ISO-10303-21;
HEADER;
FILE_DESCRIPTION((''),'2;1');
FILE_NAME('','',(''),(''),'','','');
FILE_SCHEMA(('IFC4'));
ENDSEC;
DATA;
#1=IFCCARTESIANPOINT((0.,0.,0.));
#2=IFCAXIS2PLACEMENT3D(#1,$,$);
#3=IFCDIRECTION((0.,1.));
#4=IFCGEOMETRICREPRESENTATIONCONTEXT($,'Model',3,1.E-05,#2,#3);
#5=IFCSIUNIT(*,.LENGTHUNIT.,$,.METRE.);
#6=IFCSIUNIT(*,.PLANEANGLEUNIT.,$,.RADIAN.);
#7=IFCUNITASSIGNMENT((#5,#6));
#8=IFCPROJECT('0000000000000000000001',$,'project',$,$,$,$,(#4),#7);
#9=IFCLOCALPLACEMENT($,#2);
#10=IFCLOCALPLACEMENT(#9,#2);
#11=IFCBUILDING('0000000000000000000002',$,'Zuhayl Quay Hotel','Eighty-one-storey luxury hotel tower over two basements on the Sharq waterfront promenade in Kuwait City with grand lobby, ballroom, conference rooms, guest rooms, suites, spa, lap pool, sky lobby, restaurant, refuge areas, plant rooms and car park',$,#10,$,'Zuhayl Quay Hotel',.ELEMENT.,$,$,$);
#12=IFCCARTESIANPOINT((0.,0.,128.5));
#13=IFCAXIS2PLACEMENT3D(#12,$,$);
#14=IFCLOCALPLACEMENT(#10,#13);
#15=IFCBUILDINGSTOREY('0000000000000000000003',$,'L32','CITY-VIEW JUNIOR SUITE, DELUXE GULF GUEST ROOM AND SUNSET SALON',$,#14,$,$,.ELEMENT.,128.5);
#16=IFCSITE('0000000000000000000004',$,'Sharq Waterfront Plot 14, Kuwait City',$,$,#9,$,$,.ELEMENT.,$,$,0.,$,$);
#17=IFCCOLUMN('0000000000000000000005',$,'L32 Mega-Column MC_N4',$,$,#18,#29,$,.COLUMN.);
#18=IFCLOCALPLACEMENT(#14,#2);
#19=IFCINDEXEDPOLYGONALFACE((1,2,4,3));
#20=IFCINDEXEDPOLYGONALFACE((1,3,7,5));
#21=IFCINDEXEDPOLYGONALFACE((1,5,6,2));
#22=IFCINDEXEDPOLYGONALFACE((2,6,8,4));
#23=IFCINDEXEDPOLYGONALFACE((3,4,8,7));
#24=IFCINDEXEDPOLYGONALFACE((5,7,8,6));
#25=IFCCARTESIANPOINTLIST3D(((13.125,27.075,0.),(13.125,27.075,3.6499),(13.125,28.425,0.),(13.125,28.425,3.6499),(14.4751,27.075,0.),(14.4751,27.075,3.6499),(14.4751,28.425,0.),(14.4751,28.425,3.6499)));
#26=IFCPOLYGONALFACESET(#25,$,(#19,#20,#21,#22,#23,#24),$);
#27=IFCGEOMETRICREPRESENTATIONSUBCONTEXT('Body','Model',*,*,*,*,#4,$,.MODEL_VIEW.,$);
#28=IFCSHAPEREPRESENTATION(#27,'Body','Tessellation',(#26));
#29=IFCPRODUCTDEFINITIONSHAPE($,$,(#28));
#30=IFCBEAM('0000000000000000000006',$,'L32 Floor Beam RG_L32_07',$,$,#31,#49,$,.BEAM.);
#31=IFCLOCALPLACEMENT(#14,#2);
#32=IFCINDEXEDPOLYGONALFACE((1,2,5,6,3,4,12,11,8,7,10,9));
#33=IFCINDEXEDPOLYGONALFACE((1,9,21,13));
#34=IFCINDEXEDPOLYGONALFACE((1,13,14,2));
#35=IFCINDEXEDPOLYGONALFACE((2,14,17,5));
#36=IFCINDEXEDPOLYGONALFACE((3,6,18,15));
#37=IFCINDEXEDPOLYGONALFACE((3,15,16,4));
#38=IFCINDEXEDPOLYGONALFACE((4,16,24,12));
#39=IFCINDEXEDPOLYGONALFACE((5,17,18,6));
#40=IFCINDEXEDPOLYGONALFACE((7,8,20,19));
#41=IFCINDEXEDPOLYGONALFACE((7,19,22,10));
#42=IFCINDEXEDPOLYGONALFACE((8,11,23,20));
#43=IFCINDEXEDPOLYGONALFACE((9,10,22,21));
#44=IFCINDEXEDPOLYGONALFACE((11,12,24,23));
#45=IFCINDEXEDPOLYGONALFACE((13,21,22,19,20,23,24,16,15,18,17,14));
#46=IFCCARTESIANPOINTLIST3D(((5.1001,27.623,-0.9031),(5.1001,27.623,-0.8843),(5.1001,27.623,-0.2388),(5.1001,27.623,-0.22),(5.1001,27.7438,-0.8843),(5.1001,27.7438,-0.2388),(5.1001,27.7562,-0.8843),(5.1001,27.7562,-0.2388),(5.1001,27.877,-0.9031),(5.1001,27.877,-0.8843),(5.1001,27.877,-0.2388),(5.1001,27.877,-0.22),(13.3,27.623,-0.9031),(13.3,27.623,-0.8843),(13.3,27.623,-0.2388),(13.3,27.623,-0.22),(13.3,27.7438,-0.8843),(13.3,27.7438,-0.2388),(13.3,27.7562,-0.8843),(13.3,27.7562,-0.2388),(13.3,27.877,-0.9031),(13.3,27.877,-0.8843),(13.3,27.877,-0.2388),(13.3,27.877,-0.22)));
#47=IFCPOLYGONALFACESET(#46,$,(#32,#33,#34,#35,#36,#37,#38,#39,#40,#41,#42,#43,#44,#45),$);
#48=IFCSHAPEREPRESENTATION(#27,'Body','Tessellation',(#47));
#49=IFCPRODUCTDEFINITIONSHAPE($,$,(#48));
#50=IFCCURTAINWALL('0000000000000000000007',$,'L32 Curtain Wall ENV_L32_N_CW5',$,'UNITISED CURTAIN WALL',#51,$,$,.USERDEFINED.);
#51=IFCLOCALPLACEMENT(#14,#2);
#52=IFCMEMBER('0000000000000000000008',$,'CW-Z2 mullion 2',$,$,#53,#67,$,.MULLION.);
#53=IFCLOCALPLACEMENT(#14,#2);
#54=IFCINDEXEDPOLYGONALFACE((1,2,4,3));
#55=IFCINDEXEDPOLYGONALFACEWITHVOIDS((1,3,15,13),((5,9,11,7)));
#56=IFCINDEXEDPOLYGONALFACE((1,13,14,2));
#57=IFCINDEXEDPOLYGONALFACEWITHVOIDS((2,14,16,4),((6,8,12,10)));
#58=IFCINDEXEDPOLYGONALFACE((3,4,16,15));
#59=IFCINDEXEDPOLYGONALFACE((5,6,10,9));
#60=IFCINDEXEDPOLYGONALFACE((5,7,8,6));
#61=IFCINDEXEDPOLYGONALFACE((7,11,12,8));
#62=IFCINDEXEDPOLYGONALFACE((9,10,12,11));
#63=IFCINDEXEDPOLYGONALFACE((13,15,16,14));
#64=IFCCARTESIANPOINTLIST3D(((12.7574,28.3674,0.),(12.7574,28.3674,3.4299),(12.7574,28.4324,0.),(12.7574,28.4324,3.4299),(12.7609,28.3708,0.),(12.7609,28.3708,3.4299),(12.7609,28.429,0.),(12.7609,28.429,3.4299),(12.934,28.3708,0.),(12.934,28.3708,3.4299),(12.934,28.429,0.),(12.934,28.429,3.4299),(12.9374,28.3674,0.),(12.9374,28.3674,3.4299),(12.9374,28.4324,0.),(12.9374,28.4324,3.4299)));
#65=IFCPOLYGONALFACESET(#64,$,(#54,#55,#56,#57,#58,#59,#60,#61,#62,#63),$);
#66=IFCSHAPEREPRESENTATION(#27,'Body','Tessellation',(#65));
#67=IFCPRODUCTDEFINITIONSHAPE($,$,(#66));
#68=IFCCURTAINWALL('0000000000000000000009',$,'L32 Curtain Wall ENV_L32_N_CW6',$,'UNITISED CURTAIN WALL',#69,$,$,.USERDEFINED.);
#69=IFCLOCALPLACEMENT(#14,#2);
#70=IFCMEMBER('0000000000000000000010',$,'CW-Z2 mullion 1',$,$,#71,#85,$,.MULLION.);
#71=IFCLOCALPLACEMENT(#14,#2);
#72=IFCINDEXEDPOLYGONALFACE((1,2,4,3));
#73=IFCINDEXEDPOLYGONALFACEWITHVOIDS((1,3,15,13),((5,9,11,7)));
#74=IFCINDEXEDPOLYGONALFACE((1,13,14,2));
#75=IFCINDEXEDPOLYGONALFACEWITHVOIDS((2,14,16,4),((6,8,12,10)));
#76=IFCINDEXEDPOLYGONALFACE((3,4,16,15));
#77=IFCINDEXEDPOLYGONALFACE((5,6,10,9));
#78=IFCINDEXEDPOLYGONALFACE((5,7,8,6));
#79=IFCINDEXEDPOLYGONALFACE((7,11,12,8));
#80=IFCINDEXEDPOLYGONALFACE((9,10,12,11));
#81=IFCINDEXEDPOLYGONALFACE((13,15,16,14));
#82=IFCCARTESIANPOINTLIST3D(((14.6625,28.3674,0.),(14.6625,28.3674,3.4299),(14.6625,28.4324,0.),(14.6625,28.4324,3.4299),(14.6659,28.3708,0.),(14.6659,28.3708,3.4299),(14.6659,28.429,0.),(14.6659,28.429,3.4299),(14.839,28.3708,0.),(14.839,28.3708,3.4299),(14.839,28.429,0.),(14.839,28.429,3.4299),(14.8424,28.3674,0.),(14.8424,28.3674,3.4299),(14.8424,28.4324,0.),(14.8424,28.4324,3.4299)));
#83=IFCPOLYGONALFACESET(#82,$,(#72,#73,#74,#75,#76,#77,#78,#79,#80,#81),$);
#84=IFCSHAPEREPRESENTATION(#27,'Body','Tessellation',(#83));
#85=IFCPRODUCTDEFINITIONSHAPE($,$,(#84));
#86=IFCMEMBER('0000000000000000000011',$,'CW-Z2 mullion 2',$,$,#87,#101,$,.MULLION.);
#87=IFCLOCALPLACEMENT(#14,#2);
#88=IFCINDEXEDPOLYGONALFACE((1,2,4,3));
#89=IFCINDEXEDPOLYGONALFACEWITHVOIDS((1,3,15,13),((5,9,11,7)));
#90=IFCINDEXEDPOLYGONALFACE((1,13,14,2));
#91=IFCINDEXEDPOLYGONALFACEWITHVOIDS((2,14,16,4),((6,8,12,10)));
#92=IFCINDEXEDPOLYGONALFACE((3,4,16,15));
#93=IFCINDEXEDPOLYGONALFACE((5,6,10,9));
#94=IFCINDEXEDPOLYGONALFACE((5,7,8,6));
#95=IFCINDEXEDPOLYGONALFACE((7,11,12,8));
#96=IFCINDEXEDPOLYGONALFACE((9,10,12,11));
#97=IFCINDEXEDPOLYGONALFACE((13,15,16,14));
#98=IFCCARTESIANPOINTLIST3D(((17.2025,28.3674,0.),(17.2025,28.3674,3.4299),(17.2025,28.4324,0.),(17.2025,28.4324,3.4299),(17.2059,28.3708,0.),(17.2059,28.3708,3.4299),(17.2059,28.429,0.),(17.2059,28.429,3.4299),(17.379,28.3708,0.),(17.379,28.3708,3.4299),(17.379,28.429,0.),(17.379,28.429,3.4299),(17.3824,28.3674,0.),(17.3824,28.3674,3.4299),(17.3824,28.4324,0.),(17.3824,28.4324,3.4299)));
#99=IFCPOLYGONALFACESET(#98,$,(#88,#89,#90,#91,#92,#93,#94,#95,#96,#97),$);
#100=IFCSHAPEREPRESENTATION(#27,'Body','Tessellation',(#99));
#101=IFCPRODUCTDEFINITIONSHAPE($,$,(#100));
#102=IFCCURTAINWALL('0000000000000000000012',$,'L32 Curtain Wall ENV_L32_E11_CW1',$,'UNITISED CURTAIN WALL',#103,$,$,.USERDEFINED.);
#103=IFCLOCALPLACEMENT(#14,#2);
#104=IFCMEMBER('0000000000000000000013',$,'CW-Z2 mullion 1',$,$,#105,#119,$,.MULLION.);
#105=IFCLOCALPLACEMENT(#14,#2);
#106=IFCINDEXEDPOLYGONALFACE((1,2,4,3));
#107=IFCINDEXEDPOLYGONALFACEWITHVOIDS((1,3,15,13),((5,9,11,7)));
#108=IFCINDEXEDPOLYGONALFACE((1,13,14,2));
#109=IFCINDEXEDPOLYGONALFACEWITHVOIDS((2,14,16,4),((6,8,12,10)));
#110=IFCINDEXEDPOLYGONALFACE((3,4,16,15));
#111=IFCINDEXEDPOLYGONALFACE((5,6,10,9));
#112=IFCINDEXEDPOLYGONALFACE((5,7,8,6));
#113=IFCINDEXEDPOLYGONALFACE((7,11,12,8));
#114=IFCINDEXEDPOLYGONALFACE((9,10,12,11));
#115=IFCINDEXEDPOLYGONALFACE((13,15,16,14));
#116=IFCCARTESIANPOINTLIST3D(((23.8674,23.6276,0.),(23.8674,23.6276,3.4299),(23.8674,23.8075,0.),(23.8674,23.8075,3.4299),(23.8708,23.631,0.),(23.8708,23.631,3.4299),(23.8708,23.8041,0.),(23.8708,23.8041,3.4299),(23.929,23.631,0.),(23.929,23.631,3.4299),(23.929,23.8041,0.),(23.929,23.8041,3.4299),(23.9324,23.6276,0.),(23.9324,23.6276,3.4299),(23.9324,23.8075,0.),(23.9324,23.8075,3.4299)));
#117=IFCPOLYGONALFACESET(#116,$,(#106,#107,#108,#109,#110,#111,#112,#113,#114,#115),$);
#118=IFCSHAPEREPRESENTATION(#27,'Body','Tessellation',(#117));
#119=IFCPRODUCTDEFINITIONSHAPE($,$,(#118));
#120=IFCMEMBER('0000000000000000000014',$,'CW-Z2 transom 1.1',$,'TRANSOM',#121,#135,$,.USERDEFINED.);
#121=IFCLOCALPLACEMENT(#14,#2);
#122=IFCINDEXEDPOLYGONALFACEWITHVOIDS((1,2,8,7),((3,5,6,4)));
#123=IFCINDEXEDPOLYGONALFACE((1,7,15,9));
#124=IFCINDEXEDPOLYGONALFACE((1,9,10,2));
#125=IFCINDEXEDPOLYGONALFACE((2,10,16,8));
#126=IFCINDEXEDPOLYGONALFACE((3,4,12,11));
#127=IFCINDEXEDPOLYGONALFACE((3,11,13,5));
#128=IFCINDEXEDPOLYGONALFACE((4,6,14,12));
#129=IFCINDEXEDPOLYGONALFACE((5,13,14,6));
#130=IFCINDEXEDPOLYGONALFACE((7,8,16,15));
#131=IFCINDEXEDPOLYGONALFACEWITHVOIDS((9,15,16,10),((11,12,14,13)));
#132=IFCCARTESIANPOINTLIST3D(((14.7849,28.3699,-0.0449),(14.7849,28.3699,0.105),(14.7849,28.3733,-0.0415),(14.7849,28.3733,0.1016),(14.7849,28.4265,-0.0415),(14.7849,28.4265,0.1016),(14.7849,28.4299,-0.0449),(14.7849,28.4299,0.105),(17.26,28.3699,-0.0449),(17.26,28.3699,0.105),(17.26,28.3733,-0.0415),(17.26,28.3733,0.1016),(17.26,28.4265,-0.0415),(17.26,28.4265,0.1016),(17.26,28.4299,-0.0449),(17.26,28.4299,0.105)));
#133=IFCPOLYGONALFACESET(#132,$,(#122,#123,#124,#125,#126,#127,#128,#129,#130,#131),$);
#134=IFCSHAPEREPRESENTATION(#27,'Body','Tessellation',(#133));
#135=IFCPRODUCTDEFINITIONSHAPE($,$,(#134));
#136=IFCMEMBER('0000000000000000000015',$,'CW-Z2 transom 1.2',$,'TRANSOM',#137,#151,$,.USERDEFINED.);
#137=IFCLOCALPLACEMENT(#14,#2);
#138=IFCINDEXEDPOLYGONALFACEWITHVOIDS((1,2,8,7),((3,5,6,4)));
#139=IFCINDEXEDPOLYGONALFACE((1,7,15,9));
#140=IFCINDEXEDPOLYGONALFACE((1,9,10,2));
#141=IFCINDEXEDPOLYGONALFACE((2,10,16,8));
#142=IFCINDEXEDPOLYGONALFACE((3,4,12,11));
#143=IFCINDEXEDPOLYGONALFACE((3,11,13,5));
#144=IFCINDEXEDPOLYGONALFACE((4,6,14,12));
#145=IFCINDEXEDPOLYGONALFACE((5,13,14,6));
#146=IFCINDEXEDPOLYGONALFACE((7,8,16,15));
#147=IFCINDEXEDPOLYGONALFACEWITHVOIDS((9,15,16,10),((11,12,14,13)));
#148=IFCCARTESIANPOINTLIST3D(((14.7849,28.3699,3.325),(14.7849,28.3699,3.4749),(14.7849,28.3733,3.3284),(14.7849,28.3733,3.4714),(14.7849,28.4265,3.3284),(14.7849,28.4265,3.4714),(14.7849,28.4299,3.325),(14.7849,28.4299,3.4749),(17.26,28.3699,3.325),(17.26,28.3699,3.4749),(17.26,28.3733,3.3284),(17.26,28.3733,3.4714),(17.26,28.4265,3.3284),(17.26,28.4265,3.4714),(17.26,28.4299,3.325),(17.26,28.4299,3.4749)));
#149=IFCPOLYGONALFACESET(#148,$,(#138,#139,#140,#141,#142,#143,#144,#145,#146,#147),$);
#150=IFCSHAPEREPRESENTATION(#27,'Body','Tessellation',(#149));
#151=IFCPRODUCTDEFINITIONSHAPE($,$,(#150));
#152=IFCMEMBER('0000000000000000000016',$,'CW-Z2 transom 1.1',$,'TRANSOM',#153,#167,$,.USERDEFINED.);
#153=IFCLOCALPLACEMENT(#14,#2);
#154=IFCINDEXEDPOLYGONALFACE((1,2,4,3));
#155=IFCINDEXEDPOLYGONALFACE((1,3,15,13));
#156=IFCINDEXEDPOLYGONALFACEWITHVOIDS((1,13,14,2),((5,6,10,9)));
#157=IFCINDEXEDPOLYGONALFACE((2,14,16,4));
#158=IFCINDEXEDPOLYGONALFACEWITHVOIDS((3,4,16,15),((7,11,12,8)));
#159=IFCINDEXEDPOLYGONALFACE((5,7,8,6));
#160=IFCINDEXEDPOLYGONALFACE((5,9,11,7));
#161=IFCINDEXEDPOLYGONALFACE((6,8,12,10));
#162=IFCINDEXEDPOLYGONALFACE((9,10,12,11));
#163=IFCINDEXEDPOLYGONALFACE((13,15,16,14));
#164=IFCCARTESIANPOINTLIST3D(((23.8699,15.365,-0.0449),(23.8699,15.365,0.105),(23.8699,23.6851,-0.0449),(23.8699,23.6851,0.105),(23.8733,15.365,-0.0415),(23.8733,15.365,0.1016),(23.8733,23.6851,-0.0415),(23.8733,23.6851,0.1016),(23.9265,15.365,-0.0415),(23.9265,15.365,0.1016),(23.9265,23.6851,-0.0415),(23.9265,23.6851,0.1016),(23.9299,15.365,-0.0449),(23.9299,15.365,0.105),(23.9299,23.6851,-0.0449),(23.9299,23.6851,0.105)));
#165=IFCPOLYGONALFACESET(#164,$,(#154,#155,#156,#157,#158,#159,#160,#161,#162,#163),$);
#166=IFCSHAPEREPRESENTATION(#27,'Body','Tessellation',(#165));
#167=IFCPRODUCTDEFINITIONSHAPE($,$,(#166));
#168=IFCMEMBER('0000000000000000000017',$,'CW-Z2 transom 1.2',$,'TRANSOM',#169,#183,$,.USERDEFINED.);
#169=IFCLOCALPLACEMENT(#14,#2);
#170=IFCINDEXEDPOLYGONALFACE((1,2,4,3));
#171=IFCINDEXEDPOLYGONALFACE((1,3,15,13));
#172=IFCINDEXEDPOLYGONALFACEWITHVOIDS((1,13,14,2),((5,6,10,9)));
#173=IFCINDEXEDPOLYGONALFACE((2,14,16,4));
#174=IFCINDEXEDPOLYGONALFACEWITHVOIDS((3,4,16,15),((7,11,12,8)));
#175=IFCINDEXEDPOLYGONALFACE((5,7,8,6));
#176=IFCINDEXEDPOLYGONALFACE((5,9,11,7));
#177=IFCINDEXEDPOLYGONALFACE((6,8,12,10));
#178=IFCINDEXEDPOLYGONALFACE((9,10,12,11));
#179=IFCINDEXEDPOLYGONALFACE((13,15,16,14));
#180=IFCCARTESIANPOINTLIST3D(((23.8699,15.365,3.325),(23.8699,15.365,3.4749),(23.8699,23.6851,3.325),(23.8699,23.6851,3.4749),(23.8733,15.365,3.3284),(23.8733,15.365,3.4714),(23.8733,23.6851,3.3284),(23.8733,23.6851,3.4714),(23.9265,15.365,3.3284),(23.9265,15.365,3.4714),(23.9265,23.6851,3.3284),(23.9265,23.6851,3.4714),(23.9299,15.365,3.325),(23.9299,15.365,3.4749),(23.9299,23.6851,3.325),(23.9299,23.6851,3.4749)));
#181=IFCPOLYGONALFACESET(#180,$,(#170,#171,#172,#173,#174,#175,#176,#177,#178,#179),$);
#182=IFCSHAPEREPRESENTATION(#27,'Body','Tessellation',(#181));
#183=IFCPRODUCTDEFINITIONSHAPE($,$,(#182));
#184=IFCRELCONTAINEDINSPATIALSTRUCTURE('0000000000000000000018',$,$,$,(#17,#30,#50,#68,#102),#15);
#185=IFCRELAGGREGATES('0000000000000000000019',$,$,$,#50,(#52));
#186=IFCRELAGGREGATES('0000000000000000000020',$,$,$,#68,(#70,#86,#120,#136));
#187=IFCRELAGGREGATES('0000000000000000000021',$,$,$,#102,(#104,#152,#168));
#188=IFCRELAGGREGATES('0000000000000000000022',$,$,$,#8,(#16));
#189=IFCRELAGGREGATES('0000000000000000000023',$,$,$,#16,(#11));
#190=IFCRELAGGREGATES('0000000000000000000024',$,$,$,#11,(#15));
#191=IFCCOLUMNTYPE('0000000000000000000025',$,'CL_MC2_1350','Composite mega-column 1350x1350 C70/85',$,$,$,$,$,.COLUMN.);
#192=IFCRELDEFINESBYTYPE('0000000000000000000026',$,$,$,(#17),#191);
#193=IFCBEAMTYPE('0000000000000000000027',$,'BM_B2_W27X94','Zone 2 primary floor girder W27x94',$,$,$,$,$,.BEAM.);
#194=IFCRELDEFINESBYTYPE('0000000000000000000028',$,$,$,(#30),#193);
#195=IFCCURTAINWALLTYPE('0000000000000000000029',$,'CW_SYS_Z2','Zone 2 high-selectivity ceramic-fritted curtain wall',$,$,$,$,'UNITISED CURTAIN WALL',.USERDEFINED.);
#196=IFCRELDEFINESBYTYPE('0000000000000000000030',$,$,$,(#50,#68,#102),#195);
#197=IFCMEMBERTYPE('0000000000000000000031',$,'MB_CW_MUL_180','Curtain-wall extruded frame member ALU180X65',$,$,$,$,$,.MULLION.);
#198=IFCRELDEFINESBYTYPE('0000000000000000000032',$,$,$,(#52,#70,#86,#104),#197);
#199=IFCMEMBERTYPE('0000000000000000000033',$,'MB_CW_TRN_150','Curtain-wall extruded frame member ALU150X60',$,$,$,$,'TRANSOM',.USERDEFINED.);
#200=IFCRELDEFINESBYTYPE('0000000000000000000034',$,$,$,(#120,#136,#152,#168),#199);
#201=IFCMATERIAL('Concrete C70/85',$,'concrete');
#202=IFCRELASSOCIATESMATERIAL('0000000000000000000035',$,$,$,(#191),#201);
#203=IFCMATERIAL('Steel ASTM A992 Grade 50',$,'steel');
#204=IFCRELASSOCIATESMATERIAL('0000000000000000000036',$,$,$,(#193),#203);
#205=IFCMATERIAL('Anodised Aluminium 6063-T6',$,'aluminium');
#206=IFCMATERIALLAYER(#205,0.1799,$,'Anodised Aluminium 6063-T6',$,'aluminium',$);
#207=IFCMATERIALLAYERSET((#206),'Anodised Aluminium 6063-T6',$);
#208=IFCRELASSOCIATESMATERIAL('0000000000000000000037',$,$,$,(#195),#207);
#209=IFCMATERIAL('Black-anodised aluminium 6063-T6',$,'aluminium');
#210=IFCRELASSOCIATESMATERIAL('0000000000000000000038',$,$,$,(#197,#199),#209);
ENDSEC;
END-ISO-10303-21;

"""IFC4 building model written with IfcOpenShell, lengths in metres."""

from ifc_helpers import new_model, si_unit, direction, frame, origin, origin_2d, place, context, subcontext, project, spatial, rectangle, hollow_rectangle, i_section, extrude, material, layer, layer_set, material_profile, profile_set, type_object, element, aggregate, save


model = new_model("IFC4")

# Units and contexts
model_context = context("Model", 3, precision=1e-05, world=origin(), true_north=direction((0.0, 1.0)))
body_context = subcontext(model_context, "Body", "Model", "MODEL_VIEW")
ifc_project = project(units=[si_unit("LENGTHUNIT", "METRE"), si_unit("PLANEANGLEUNIT", "RADIAN")], contexts=[model_context])

# Site, building, storey
site_placement = place(None, origin())
site = spatial("IfcSite", under=ifc_project, at=site_placement, Name="Sharq Waterfront Plot 14, Kuwait City", CompositionType="ELEMENT", RefElevation=0.0)
building_placement = place(site_placement, origin())
building = spatial("IfcBuilding", under=site, at=building_placement, Name="Zuhayl Quay Hotel", Description="Eighty-one-storey luxury hotel tower over two basements on the Sharq waterfront promenade in Kuwait City with grand lobby, ballroom, conference rooms, guest rooms, suites, spa, lap pool, sky lobby, restaurant, refuge areas, plant rooms and car park", LongName="Zuhayl Quay Hotel", CompositionType="ELEMENT")
storey_placement = place(building_placement, frame((0.0, 0.0, 128.5)))
storey = spatial("IfcBuildingStorey", under=building, at=storey_placement, Name="L32", Description="CITY-VIEW JUNIOR SUITE, DELUXE GULF GUEST ROOM AND SUNSET SALON", CompositionType="ELEMENT", Elevation=128.5)

# Column
ifc_material_1 = material(Name="Concrete C70/85", Category="concrete")
ifc_material_profile_1 = material_profile(ifc_material_1, rectangle(XDim=1.3501, YDim=1.3501, at=origin_2d()), Name="RC1350X1350")
ifc_profile_set_1 = profile_set([ifc_material_profile_1], Name="Concrete C70/85")
column_type = type_object("IfcColumnType", Name="CL_MC2_1350", Description="Composite mega-column 1350x1350 C70/85", PredefinedType="COLUMN", material=ifc_profile_set_1)
column_placement = place(storey_placement, frame((13.8, 27.75, 0.0), z_axis=(0.0, 0.0, 1.0), x_axis=(1.0, 0.0, 0.0)))
element("IfcColumn", 1, at=column_placement, inside=storey, type_object=column_type, Name="L32 Mega-Column MC_N4", PredefinedType="COLUMN", context=body_context, shape_type="SweptSolid", body=[
    extrude(rectangle(XDim=1.3501, YDim=1.3501, at=origin_2d()), origin(), (0.0, 0.0, 1.0), 3.6499),
])

# Beam
ifc_material_2 = material(Name="Steel ASTM A992 Grade 50", Category="steel")
ifc_material_profile_2 = material_profile(ifc_material_2, i_section(OverallWidth=0.2539, OverallDepth=0.6831, WebThickness=0.0125, FlangeThickness=0.0188, at=origin_2d()), Name="W27X94")
ifc_profile_set_2 = profile_set([ifc_material_profile_2], Name="Steel ASTM A992 Grade 50")
beam_type = type_object("IfcBeamType", Name="BM_B2_W27X94", Description="Zone 2 primary floor girder W27x94", PredefinedType="BEAM", material=ifc_profile_set_2)
beam_placement = place(storey_placement, frame((13.3, 27.75, -0.5615), z_axis=(-1.0, 0.0, 0.0), x_axis=(0.0, -1.0, 0.0)))
element("IfcBeam", 2, at=beam_placement, inside=storey, type_object=beam_type, Name="L32 Floor Beam RG_L32_07", PredefinedType="BEAM", context=body_context, shape_type="SweptSolid", body=[
    extrude(i_section(OverallWidth=0.2539, OverallDepth=0.6831, WebThickness=0.0125, FlangeThickness=0.0188, at=origin_2d()), origin(), (0.0, 0.0, 1.0), 8.2),
])

# Curtain wall, member
ifc_material_3 = material(Name="Anodised Aluminium 6063-T6", Category="aluminium")
ifc_layer_1 = layer(ifc_material_3, 0.1799, Name="Anodised Aluminium 6063-T6", Category="aluminium")
ifc_layer_set_1 = layer_set([ifc_layer_1], Name="Anodised Aluminium 6063-T6")
curtain_wall_type = type_object("IfcCurtainWallType", Name="CW_SYS_Z2", Description="Zone 2 high-selectivity ceramic-fritted curtain wall", ElementType="UNITISED CURTAIN WALL", PredefinedType="USERDEFINED", material=ifc_layer_set_1)
curtain_wall_1_placement = place(storey_placement, origin())
curtain_wall_1 = element("IfcCurtainWall", 3, at=curtain_wall_1_placement, inside=storey, type_object=curtain_wall_type, Name="L32 Curtain Wall ENV_L32_N_CW5", ObjectType="UNITISED CURTAIN WALL", PredefinedType="USERDEFINED")
ifc_material_4 = material(Name="Black-anodised aluminium 6063-T6", Category="aluminium")
ifc_material_profile_3 = material_profile(ifc_material_4, hollow_rectangle(XDim=0.0649, YDim=0.1799, WallThickness=0.0034, at=origin_2d()), Name="ALU180X65")
ifc_profile_set_3 = profile_set([ifc_material_profile_3], Name="Black-anodised aluminium 6063-T6")
member_type_1 = type_object("IfcMemberType", Name="MB_CW_MUL_180", Description="Curtain-wall extruded frame member ALU180X65", PredefinedType="MULLION", material=ifc_profile_set_3)
member_1_placement = place(storey_placement, frame((12.8474, 28.3999, 0.0), z_axis=(0.0, 0.0, 1.0), x_axis=(0.0, 1.0, 0.0)))
member_1 = element("IfcMember", 4, at=member_1_placement, type_object=member_type_1, Name="CW-Z2 mullion 2", PredefinedType="MULLION", context=body_context, shape_type="SweptSolid", body=[
    extrude(hollow_rectangle(XDim=0.0649, YDim=0.1799, WallThickness=0.0034, at=origin_2d()), origin(), (0.0, 0.0, 1.0), 3.4299),
])
aggregate(curtain_wall_1, [member_1])

# Curtain wall, members
curtain_wall_2_placement = place(storey_placement, origin())
curtain_wall_2 = element("IfcCurtainWall", 5, at=curtain_wall_2_placement, inside=storey, type_object=curtain_wall_type, Name="L32 Curtain Wall ENV_L32_N_CW6", ObjectType="UNITISED CURTAIN WALL", PredefinedType="USERDEFINED")
member_2_placement = place(storey_placement, frame((14.7524, 28.3999, 0.0), z_axis=(0.0, 0.0, 1.0), x_axis=(0.0, 1.0, 0.0)))
member_2 = element("IfcMember", 6, at=member_2_placement, type_object=member_type_1, Name="CW-Z2 mullion 1", PredefinedType="MULLION", context=body_context, shape_type="SweptSolid", body=[
    extrude(hollow_rectangle(XDim=0.0649, YDim=0.1799, WallThickness=0.0034, at=origin_2d()), origin(), (0.0, 0.0, 1.0), 3.4299),
])
member_3_placement = place(storey_placement, frame((17.2925, 28.3999, 0.0), z_axis=(0.0, 0.0, 1.0), x_axis=(0.0, 1.0, 0.0)))
member_3 = element("IfcMember", 7, at=member_3_placement, type_object=member_type_1, Name="CW-Z2 mullion 2", PredefinedType="MULLION", context=body_context, shape_type="SweptSolid", body=[
    extrude(hollow_rectangle(XDim=0.0649, YDim=0.1799, WallThickness=0.0034, at=origin_2d()), origin(), (0.0, 0.0, 1.0), 3.4299),
])

# Curtain wall, member
curtain_wall_3_placement = place(storey_placement, origin())
curtain_wall_3 = element("IfcCurtainWall", 8, at=curtain_wall_3_placement, inside=storey, type_object=curtain_wall_type, Name="L32 Curtain Wall ENV_L32_E11_CW1", ObjectType="UNITISED CURTAIN WALL", PredefinedType="USERDEFINED")
member_4_placement = place(storey_placement, frame((23.8999, 23.7175, 0.0), z_axis=(0.0, 0.0, 1.0), x_axis=(1.0, 0.0, 0.0)))
member_4 = element("IfcMember", 9, at=member_4_placement, type_object=member_type_1, Name="CW-Z2 mullion 1", PredefinedType="MULLION", context=body_context, shape_type="SweptSolid", body=[
    extrude(hollow_rectangle(XDim=0.0649, YDim=0.1799, WallThickness=0.0034, at=origin_2d()), origin(), (0.0, 0.0, 1.0), 3.4299),
])

# Members
ifc_material_profile_4 = material_profile(ifc_material_4, hollow_rectangle(XDim=0.0601, YDim=0.1499, WallThickness=0.0034, at=origin_2d()), Name="ALU150X60")
ifc_profile_set_4 = profile_set([ifc_material_profile_4], Name="Black-anodised aluminium 6063-T6")
member_type_2 = type_object("IfcMemberType", Name="MB_CW_TRN_150", Description="Curtain-wall extruded frame member ALU150X60", ElementType="TRANSOM", PredefinedType="USERDEFINED", material=ifc_profile_set_4)
member_5_placement = place(storey_placement, frame((14.7849, 28.3999, 0.03), z_axis=(1.0, 0.0, 0.0), x_axis=(0.0, 1.0, 0.0)))
member_5 = element("IfcMember", 10, at=member_5_placement, type_object=member_type_2, Name="CW-Z2 transom 1.1", ObjectType="TRANSOM", PredefinedType="USERDEFINED", context=body_context, shape_type="SweptSolid", body=[
    extrude(hollow_rectangle(XDim=0.0601, YDim=0.1499, WallThickness=0.0034, at=origin_2d()), origin(), (0.0, 0.0, 1.0), 2.4751),
])
member_6_placement = place(storey_placement, frame((14.7849, 28.3999, 3.3999), z_axis=(1.0, 0.0, 0.0), x_axis=(0.0, 1.0, 0.0)))
member_6 = element("IfcMember", 11, at=member_6_placement, type_object=member_type_2, Name="CW-Z2 transom 1.2", ObjectType="TRANSOM", PredefinedType="USERDEFINED", context=body_context, shape_type="SweptSolid", body=[
    extrude(hollow_rectangle(XDim=0.0601, YDim=0.1499, WallThickness=0.0034, at=origin_2d()), origin(), (0.0, 0.0, 1.0), 2.4751),
])
member_7_placement = place(storey_placement, frame((23.8999, 23.6851, 0.03), z_axis=(0.0, -1.0, 0.0), x_axis=(1.0, 0.0, 0.0)))
member_7 = element("IfcMember", 12, at=member_7_placement, type_object=member_type_2, Name="CW-Z2 transom 1.1", ObjectType="TRANSOM", PredefinedType="USERDEFINED", context=body_context, shape_type="SweptSolid", body=[
    extrude(hollow_rectangle(XDim=0.0601, YDim=0.1499, WallThickness=0.0034, at=origin_2d()), origin(), (0.0, 0.0, 1.0), 8.3201),
])
member_8_placement = place(storey_placement, frame((23.8999, 23.6851, 3.3999), z_axis=(0.0, -1.0, 0.0), x_axis=(1.0, 0.0, 0.0)))
member_8 = element("IfcMember", 13, at=member_8_placement, type_object=member_type_2, Name="CW-Z2 transom 1.2", ObjectType="TRANSOM", PredefinedType="USERDEFINED", context=body_context, shape_type="SweptSolid", body=[
    extrude(hollow_rectangle(XDim=0.0601, YDim=0.1499, WallThickness=0.0034, at=origin_2d()), origin(), (0.0, 0.0, 1.0), 8.3201),
])

aggregate(curtain_wall_2, [member_2, member_3, member_5, member_6])
aggregate(curtain_wall_3, [member_4, member_7, member_8])

save(model, "model.ifc")
